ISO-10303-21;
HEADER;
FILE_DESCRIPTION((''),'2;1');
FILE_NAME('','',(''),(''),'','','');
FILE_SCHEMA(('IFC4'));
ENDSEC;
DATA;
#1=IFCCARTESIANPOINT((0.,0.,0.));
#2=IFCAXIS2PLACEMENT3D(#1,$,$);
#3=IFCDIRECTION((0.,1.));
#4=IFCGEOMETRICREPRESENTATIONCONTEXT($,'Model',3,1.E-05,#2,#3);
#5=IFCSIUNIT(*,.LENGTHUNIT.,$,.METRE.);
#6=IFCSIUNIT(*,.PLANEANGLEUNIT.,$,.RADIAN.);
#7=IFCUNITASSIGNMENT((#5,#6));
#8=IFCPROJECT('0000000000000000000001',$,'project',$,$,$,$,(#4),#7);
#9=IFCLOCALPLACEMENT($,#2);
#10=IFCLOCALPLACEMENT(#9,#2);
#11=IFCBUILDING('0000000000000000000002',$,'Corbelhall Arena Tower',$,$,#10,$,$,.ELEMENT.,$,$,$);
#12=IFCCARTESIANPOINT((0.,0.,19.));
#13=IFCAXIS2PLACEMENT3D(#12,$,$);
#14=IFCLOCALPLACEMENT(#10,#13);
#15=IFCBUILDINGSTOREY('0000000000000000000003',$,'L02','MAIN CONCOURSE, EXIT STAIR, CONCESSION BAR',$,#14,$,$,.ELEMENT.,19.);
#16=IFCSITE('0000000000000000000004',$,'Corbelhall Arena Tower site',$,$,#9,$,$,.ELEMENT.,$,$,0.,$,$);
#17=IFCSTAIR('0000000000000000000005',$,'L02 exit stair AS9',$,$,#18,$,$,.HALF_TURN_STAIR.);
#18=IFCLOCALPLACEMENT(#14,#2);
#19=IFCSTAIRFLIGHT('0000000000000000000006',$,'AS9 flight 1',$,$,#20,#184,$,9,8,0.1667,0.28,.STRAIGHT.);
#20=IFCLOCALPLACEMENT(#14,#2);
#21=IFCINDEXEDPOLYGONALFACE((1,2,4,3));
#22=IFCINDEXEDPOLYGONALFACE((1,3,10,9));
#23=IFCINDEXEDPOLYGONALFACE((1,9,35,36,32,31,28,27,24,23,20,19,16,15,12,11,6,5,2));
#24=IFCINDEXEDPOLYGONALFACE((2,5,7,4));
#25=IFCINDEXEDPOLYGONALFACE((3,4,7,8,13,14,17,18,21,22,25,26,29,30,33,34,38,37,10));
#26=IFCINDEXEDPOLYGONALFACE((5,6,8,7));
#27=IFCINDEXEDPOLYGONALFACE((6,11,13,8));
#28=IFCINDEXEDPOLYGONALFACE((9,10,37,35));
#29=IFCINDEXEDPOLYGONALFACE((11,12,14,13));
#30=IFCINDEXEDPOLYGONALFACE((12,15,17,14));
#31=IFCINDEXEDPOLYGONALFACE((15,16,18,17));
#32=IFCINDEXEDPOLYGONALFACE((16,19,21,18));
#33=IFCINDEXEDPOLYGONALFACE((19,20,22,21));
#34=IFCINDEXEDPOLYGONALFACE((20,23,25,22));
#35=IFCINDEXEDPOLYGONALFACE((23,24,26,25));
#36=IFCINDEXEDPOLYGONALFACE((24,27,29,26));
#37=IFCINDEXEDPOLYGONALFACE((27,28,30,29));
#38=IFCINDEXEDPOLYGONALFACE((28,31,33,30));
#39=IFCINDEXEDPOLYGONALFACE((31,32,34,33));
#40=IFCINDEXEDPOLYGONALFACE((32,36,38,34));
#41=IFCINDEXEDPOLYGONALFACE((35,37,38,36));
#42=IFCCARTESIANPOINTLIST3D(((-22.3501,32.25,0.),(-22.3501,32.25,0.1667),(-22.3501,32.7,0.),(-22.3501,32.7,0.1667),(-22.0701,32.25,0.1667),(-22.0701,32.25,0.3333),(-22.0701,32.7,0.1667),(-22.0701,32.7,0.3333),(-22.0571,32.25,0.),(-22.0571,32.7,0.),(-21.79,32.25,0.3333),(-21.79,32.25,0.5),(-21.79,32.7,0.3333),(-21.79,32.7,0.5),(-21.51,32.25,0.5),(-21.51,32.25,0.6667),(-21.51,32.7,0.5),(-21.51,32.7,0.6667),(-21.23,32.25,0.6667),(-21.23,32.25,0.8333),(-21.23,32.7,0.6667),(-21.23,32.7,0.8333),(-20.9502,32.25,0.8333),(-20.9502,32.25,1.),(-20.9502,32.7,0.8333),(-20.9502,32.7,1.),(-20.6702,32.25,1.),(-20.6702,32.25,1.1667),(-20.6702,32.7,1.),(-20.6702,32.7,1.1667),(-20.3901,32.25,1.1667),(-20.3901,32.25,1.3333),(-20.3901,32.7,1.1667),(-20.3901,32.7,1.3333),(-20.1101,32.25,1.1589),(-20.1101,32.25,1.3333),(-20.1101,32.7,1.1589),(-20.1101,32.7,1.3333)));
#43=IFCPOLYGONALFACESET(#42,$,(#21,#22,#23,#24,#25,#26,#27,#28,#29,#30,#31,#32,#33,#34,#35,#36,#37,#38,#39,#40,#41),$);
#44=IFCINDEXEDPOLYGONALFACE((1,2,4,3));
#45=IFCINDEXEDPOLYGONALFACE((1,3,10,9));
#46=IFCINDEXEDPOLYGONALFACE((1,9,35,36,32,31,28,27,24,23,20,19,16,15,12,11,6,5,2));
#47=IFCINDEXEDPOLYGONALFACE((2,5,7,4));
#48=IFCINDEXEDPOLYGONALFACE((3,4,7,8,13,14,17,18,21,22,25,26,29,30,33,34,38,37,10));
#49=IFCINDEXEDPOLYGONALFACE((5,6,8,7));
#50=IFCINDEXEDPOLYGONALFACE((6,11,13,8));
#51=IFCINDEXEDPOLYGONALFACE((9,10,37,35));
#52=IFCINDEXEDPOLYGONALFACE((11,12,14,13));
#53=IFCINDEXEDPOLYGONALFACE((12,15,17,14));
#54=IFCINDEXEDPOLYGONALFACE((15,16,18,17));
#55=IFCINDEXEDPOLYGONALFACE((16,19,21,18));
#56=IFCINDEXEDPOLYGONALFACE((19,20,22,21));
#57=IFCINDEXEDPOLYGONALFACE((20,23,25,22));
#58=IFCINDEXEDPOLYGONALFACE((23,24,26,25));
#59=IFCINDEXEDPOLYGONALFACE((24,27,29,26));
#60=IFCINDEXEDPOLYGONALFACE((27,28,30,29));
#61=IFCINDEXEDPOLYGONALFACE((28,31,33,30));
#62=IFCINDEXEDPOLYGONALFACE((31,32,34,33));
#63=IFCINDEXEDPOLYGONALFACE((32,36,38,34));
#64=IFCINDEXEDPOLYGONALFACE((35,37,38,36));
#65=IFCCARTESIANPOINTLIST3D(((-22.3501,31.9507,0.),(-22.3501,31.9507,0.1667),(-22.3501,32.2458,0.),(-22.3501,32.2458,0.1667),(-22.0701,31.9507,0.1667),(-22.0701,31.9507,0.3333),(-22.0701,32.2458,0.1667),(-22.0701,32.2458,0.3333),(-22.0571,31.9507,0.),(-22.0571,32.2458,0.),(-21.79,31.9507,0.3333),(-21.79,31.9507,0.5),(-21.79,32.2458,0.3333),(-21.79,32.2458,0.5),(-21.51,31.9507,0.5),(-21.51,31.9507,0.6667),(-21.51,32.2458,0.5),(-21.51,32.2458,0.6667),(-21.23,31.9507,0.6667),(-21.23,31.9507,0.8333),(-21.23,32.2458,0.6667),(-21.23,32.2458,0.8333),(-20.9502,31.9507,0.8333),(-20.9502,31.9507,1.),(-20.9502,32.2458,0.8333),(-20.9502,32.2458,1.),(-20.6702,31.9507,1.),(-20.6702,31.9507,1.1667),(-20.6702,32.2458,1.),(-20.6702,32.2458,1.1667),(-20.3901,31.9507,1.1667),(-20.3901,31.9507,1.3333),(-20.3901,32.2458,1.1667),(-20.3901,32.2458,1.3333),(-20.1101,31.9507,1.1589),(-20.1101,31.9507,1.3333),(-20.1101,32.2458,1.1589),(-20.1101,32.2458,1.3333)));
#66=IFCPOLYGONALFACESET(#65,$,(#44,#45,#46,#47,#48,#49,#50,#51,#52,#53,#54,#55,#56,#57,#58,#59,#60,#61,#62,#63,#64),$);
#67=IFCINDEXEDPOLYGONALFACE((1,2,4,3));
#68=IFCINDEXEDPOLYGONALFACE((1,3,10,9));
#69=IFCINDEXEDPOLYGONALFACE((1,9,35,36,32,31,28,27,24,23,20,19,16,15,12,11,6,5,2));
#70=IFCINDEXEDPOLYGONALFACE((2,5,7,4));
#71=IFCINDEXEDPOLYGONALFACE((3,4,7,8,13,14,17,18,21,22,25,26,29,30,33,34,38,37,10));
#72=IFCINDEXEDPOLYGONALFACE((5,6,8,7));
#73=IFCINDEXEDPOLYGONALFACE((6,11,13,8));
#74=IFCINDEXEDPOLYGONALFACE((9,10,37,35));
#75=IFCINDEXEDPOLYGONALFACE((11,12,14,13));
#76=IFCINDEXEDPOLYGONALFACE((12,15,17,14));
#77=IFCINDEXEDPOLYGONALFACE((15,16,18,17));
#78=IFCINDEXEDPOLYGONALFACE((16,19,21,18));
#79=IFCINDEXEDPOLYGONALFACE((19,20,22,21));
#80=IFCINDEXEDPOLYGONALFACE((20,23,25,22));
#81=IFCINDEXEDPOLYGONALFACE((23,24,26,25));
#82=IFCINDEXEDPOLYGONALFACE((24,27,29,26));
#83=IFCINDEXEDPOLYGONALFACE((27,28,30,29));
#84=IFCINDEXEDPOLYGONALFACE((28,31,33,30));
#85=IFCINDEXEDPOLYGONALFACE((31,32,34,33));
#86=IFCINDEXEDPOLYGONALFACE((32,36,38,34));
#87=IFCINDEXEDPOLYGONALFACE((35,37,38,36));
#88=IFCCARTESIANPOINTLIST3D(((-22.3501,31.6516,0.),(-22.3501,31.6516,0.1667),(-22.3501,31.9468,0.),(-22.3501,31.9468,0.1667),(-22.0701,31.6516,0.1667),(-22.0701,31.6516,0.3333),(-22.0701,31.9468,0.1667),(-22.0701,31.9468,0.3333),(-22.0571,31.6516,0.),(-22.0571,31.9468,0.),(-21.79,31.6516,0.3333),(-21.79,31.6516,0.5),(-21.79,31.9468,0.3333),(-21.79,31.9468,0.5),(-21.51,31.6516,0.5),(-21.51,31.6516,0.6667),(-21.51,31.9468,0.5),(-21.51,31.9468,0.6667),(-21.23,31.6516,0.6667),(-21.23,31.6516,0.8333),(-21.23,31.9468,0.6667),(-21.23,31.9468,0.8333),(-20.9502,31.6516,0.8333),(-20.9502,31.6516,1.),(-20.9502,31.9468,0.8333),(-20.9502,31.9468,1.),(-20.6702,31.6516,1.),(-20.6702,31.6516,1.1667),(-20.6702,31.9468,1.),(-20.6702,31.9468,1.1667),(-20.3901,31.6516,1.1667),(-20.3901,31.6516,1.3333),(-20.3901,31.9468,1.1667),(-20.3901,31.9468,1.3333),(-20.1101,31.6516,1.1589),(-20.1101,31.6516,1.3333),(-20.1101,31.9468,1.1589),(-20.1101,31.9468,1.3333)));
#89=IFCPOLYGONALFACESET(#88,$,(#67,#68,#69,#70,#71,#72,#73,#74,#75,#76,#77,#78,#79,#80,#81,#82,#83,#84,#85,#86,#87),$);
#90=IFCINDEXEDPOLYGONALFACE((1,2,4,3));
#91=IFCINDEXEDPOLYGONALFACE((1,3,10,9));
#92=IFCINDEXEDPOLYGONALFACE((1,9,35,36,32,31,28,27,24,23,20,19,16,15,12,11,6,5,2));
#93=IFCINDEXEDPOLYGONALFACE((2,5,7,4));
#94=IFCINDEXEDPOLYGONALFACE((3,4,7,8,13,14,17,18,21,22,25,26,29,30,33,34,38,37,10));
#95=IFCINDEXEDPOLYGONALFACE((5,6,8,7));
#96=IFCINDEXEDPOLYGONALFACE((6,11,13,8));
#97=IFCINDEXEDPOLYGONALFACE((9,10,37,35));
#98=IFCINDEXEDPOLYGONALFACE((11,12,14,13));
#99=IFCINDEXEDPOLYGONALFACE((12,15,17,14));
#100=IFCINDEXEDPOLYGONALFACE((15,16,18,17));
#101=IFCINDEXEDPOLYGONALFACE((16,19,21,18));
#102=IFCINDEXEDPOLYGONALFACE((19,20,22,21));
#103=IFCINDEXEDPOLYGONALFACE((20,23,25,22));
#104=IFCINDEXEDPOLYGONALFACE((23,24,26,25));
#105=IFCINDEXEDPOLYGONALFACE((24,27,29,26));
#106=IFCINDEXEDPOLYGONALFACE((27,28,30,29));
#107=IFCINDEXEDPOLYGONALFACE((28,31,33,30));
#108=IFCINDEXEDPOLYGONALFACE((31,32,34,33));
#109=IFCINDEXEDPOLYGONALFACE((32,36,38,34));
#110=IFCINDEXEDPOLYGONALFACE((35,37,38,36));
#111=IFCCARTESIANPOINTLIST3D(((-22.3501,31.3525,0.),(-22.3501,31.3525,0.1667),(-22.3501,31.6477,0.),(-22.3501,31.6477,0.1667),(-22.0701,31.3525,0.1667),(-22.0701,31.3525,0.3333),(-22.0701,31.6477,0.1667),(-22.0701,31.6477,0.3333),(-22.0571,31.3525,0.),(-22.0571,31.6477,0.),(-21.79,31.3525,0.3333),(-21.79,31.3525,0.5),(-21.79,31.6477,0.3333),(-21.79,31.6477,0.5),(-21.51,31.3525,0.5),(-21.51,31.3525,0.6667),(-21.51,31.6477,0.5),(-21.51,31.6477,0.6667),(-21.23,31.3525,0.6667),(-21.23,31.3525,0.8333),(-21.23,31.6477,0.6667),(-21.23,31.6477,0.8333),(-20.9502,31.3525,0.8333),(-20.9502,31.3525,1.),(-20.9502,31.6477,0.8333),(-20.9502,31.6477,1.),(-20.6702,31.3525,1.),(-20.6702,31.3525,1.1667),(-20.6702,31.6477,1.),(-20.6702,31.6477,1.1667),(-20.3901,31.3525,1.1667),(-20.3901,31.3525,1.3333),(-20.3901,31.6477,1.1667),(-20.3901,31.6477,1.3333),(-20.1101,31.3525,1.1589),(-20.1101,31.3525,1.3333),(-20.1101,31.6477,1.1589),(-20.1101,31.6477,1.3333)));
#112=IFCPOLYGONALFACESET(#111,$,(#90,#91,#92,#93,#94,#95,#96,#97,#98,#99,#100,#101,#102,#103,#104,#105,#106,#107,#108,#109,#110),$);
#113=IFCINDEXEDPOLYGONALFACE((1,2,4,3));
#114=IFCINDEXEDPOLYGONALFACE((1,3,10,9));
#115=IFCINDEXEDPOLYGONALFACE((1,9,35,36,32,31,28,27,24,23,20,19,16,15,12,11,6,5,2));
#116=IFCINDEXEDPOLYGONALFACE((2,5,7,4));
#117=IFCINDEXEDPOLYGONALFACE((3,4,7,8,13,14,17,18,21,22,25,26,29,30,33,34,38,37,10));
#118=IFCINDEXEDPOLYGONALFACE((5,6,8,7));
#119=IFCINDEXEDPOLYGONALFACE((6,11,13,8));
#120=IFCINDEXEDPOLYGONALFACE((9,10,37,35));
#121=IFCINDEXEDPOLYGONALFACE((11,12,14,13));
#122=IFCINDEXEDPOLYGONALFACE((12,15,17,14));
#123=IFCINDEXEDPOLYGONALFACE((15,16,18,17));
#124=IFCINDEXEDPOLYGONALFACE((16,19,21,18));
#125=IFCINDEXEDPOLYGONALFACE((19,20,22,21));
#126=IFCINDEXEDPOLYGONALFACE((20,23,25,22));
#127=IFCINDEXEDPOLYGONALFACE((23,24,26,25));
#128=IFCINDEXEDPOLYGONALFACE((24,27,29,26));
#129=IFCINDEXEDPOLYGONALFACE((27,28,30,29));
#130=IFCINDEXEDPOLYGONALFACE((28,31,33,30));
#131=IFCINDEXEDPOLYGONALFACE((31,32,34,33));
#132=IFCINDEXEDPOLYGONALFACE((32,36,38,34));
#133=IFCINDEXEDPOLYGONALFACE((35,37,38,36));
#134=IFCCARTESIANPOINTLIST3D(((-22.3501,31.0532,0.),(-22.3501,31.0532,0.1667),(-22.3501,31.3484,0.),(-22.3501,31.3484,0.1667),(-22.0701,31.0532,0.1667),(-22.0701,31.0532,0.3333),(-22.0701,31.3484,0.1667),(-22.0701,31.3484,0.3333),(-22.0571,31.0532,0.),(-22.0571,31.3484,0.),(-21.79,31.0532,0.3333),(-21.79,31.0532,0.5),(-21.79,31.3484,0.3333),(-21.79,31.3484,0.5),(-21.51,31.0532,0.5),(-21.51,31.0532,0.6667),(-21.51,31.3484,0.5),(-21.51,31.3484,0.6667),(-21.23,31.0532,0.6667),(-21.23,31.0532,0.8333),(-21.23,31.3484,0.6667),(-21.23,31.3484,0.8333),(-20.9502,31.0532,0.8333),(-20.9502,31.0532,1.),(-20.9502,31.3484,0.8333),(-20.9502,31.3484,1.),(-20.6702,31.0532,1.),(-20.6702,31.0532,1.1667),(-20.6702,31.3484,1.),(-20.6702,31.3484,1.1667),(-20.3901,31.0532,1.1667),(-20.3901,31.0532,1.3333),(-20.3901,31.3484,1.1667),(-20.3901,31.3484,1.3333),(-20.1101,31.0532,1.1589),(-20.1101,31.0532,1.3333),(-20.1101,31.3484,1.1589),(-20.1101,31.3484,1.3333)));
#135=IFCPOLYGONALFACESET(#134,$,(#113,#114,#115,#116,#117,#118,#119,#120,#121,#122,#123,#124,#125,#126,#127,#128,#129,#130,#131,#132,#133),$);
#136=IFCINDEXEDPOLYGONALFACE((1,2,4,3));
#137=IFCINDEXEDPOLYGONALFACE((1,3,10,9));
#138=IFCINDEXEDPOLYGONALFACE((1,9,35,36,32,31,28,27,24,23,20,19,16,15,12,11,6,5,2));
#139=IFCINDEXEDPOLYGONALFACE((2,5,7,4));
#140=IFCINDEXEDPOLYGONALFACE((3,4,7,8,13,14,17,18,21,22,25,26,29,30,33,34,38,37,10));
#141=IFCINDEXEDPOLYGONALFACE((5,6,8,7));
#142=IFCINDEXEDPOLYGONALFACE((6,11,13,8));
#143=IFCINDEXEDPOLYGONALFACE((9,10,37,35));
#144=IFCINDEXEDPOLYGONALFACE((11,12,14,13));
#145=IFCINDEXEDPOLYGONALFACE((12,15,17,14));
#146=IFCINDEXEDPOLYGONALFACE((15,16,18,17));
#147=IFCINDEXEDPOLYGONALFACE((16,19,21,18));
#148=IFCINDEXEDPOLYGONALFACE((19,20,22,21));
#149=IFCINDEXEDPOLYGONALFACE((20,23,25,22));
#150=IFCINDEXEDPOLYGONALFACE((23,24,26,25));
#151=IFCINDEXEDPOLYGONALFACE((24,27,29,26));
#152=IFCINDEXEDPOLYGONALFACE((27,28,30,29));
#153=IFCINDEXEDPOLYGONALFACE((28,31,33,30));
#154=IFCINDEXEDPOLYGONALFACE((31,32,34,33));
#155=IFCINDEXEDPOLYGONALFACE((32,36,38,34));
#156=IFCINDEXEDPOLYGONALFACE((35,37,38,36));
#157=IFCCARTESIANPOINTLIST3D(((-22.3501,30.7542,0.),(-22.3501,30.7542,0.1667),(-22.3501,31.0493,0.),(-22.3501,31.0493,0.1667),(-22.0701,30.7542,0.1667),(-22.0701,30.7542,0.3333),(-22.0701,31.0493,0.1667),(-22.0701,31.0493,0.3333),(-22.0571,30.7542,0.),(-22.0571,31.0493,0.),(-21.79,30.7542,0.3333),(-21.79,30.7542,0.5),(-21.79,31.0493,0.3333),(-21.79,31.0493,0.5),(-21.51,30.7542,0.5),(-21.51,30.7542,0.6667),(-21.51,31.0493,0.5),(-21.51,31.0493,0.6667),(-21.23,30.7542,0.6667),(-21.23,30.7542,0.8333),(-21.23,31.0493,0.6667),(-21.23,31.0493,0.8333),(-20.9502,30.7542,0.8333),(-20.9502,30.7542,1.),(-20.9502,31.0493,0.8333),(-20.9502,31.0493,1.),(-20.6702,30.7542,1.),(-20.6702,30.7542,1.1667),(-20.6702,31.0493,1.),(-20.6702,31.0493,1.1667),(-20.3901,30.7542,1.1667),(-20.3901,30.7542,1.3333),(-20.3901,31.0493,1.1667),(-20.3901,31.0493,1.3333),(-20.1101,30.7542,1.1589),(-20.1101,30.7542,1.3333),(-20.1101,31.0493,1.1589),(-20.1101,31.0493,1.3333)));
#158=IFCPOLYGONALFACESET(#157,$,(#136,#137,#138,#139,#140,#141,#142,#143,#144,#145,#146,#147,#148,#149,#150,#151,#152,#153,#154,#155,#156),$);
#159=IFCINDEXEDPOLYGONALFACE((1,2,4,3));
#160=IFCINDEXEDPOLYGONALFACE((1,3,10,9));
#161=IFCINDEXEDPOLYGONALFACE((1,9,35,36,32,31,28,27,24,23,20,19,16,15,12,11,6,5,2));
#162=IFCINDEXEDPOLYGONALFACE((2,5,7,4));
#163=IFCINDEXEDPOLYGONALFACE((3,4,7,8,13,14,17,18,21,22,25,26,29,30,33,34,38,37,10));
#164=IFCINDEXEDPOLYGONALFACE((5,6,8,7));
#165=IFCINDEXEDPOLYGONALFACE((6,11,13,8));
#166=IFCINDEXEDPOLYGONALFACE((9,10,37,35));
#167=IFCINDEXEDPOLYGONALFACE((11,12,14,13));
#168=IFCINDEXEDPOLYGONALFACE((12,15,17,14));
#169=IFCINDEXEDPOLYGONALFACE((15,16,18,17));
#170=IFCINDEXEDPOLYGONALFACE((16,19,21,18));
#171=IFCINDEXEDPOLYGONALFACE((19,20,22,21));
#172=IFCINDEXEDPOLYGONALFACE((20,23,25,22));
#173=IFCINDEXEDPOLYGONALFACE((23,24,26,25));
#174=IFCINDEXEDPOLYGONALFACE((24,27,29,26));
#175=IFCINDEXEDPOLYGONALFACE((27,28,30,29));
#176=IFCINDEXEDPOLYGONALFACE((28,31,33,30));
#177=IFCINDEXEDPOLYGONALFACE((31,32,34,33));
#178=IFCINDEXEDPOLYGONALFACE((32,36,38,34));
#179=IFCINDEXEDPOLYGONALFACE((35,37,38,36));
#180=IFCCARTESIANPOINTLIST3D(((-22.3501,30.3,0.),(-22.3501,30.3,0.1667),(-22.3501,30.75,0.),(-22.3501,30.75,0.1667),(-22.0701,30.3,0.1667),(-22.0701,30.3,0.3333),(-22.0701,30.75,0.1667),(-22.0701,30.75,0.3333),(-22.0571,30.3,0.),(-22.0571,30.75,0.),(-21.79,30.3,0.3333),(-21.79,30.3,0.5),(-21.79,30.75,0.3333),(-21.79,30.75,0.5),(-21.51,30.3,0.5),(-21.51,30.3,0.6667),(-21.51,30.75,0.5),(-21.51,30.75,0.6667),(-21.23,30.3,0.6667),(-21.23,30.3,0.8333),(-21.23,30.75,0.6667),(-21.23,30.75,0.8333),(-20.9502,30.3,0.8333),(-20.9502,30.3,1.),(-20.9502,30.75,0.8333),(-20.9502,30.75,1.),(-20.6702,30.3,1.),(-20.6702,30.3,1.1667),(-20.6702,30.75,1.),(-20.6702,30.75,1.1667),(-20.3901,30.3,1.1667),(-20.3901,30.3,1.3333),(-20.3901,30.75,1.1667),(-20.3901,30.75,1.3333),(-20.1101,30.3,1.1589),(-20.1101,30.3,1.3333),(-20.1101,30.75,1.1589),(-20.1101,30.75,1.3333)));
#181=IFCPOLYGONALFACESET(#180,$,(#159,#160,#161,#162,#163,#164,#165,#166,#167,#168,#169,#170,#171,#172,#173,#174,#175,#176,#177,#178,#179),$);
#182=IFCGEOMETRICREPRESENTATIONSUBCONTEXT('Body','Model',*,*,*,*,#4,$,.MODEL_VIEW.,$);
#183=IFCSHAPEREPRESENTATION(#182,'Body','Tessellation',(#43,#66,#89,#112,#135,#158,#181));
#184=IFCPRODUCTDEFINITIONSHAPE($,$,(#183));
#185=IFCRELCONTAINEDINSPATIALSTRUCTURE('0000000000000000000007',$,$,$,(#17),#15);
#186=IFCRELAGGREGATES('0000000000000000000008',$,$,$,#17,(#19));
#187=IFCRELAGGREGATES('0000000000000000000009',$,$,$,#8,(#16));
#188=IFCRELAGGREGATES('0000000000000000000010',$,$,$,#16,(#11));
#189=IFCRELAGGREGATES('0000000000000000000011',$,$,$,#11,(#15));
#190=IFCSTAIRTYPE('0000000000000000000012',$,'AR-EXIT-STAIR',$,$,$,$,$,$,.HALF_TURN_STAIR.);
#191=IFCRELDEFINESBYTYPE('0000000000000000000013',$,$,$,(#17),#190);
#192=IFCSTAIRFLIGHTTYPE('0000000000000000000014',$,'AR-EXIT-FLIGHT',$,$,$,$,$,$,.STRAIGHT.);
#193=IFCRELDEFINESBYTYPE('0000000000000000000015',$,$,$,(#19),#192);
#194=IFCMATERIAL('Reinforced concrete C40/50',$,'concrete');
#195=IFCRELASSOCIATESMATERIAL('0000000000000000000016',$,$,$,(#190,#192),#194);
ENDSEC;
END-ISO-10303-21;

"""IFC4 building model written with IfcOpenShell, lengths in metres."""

from ifc_helpers import new_model, si_unit, direction, frame, origin, place, context, subcontext, project, spatial, polyline, outline, extrude, material, type_object, element, aggregate, save


model = new_model("IFC4")

# Units and contexts
model_context = context("Model", 3, precision=1e-05, world=origin(), true_north=direction((0.0, 1.0)))
body_context = subcontext(model_context, "Body", "Model", "MODEL_VIEW")
ifc_project = project(units=[si_unit("LENGTHUNIT", "METRE"), si_unit("PLANEANGLEUNIT", "RADIAN")], contexts=[model_context])

# Site, building, storey
site_placement = place(None, origin())
site = spatial("IfcSite", under=ifc_project, at=site_placement, Name="Corbelhall Arena Tower site", CompositionType="ELEMENT", RefElevation=0.0)
building_placement = place(site_placement, origin())
building = spatial("IfcBuilding", under=site, at=building_placement, Name="Corbelhall Arena Tower", CompositionType="ELEMENT")
storey_placement = place(building_placement, frame((0.0, 0.0, 19.0)))
storey = spatial("IfcBuildingStorey", under=building, at=storey_placement, Name="L02", Description="MAIN CONCOURSE, EXIT STAIR, CONCESSION BAR", CompositionType="ELEMENT", Elevation=19.0)

# Shared definitions
ifc_material_1 = material(Name="Reinforced concrete C40/50", Category="concrete")

# Stair, stair flight
stair_type = type_object("IfcStairType", Name="AR-EXIT-STAIR", PredefinedType="HALF_TURN_STAIR", material=ifc_material_1)
stair_1_placement = place(storey_placement, origin())
stair_1 = element("IfcStair", 1, at=stair_1_placement, inside=storey, type_object=stair_type, Name="L02 exit stair AS9", PredefinedType="HALF_TURN_STAIR")
stair_flight_type = type_object("IfcStairFlightType", Name="AR-EXIT-FLIGHT", PredefinedType="STRAIGHT", material=ifc_material_1)
stair_flight_1_placement = place(storey_placement, frame((-22.3501, 31.5, 0.0), z_axis=(0.0, 0.0, 1.0), x_axis=(1.0, 0.0, 0.0)))
stair_flight_1 = element("IfcStairFlight", 2, at=stair_flight_1_placement, type_object=stair_flight_type, Name="AS9 flight 1", NumberOfRisers=9, NumberOfTreads=8, PredefinedType="STRAIGHT", RiserHeight=0.1667, TreadLength=0.28, context=body_context, shape_type="SweptSolid", body=[
    extrude(outline(polyline([(0.0, 0.0), (0.0, 0.1667), (0.28, 0.1667), (0.28, 0.3333), (0.5601, 0.3333), (0.5601, 0.5), (0.8401, 0.5), (0.8401, 0.6667), (1.1201, 0.6667), (1.1201, 0.8333), (1.3999, 0.8333), (1.3999, 1.0), (1.6799, 1.0), (1.6799, 1.1667), (1.96, 1.1667), (1.96, 1.3333), (2.24, 1.3333), (2.24, 1.5), (2.24, 1.1589), (0.293, 0.0), (0.0, 0.0)])), frame((0.0, 1.2, 0.0), z_axis=(0.0, -1.0, 0.0), x_axis=(1.0, 0.0, 0.0)), (0.0, 0.0, 1.0), 0.45),
    extrude(outline(polyline([(0.0, 0.0), (0.0, 0.1667), (0.28, 0.1667), (0.28, 0.3333), (0.5601, 0.3333), (0.5601, 0.5), (0.8401, 0.5), (0.8401, 0.6667), (1.1201, 0.6667), (1.1201, 0.8333), (1.3999, 0.8333), (1.3999, 1.0), (1.6799, 1.0), (1.6799, 1.1667), (1.96, 1.1667), (1.96, 1.3333), (2.24, 1.3333), (2.24, 1.5), (2.24, 1.1589), (0.293, 0.0), (0.0, 0.0)])), frame((0.0, 0.7458, 0.0), z_axis=(0.0, -1.0, 0.0), x_axis=(1.0, 0.0, 0.0)), (0.0, 0.0, 1.0), 0.2952),
    extrude(outline(polyline([(0.0, 0.0), (0.0, 0.1667), (0.28, 0.1667), (0.28, 0.3333), (0.5601, 0.3333), (0.5601, 0.5), (0.8401, 0.5), (0.8401, 0.6667), (1.1201, 0.6667), (1.1201, 0.8333), (1.3999, 0.8333), (1.3999, 1.0), (1.6799, 1.0), (1.6799, 1.1667), (1.96, 1.1667), (1.96, 1.3333), (2.24, 1.3333), (2.24, 1.5), (2.24, 1.1589), (0.293, 0.0), (0.0, 0.0)])), frame((0.0, 0.4468, 0.0), z_axis=(0.0, -1.0, 0.0), x_axis=(1.0, 0.0, 0.0)), (0.0, 0.0, 1.0), 0.2952),
    extrude(outline(polyline([(0.0, 0.0), (0.0, 0.1667), (0.28, 0.1667), (0.28, 0.3333), (0.5601, 0.3333), (0.5601, 0.5), (0.8401, 0.5), (0.8401, 0.6667), (1.1201, 0.6667), (1.1201, 0.8333), (1.3999, 0.8333), (1.3999, 1.0), (1.6799, 1.0), (1.6799, 1.1667), (1.96, 1.1667), (1.96, 1.3333), (2.24, 1.3333), (2.24, 1.5), (2.24, 1.1589), (0.293, 0.0), (0.0, 0.0)])), frame((0.0, 0.1477, 0.0), z_axis=(0.0, -1.0, 0.0), x_axis=(1.0, 0.0, 0.0)), (0.0, 0.0, 1.0), 0.2952),
    extrude(outline(polyline([(0.0, 0.0), (0.0, 0.1667), (0.28, 0.1667), (0.28, 0.3333), (0.5601, 0.3333), (0.5601, 0.5), (0.8401, 0.5), (0.8401, 0.6667), (1.1201, 0.6667), (1.1201, 0.8333), (1.3999, 0.8333), (1.3999, 1.0), (1.6799, 1.0), (1.6799, 1.1667), (1.96, 1.1667), (1.96, 1.3333), (2.24, 1.3333), (2.24, 1.5), (2.24, 1.1589), (0.293, 0.0), (0.0, 0.0)])), frame((0.0, -0.1516, 0.0), z_axis=(0.0, -1.0, 0.0), x_axis=(1.0, 0.0, 0.0)), (0.0, 0.0, 1.0), 0.2952),
    extrude(outline(polyline([(0.0, 0.0), (0.0, 0.1667), (0.28, 0.1667), (0.28, 0.3333), (0.5601, 0.3333), (0.5601, 0.5), (0.8401, 0.5), (0.8401, 0.6667), (1.1201, 0.6667), (1.1201, 0.8333), (1.3999, 0.8333), (1.3999, 1.0), (1.6799, 1.0), (1.6799, 1.1667), (1.96, 1.1667), (1.96, 1.3333), (2.24, 1.3333), (2.24, 1.5), (2.24, 1.1589), (0.293, 0.0), (0.0, 0.0)])), frame((0.0, -0.4507, 0.0), z_axis=(0.0, -1.0, 0.0), x_axis=(1.0, 0.0, 0.0)), (0.0, 0.0, 1.0), 0.2952),
    extrude(outline(polyline([(0.0, 0.0), (0.0, 0.1667), (0.28, 0.1667), (0.28, 0.3333), (0.5601, 0.3333), (0.5601, 0.5), (0.8401, 0.5), (0.8401, 0.6667), (1.1201, 0.6667), (1.1201, 0.8333), (1.3999, 0.8333), (1.3999, 1.0), (1.6799, 1.0), (1.6799, 1.1667), (1.96, 1.1667), (1.96, 1.3333), (2.24, 1.3333), (2.24, 1.5), (2.24, 1.1589), (0.293, 0.0), (0.0, 0.0)])), frame((0.0, -0.75, 0.0), z_axis=(0.0, -1.0, 0.0), x_axis=(1.0, 0.0, 0.0)), (0.0, 0.0, 1.0), 0.45),
])
aggregate(stair_1, [stair_flight_1])

save(model, "model.ifc")
